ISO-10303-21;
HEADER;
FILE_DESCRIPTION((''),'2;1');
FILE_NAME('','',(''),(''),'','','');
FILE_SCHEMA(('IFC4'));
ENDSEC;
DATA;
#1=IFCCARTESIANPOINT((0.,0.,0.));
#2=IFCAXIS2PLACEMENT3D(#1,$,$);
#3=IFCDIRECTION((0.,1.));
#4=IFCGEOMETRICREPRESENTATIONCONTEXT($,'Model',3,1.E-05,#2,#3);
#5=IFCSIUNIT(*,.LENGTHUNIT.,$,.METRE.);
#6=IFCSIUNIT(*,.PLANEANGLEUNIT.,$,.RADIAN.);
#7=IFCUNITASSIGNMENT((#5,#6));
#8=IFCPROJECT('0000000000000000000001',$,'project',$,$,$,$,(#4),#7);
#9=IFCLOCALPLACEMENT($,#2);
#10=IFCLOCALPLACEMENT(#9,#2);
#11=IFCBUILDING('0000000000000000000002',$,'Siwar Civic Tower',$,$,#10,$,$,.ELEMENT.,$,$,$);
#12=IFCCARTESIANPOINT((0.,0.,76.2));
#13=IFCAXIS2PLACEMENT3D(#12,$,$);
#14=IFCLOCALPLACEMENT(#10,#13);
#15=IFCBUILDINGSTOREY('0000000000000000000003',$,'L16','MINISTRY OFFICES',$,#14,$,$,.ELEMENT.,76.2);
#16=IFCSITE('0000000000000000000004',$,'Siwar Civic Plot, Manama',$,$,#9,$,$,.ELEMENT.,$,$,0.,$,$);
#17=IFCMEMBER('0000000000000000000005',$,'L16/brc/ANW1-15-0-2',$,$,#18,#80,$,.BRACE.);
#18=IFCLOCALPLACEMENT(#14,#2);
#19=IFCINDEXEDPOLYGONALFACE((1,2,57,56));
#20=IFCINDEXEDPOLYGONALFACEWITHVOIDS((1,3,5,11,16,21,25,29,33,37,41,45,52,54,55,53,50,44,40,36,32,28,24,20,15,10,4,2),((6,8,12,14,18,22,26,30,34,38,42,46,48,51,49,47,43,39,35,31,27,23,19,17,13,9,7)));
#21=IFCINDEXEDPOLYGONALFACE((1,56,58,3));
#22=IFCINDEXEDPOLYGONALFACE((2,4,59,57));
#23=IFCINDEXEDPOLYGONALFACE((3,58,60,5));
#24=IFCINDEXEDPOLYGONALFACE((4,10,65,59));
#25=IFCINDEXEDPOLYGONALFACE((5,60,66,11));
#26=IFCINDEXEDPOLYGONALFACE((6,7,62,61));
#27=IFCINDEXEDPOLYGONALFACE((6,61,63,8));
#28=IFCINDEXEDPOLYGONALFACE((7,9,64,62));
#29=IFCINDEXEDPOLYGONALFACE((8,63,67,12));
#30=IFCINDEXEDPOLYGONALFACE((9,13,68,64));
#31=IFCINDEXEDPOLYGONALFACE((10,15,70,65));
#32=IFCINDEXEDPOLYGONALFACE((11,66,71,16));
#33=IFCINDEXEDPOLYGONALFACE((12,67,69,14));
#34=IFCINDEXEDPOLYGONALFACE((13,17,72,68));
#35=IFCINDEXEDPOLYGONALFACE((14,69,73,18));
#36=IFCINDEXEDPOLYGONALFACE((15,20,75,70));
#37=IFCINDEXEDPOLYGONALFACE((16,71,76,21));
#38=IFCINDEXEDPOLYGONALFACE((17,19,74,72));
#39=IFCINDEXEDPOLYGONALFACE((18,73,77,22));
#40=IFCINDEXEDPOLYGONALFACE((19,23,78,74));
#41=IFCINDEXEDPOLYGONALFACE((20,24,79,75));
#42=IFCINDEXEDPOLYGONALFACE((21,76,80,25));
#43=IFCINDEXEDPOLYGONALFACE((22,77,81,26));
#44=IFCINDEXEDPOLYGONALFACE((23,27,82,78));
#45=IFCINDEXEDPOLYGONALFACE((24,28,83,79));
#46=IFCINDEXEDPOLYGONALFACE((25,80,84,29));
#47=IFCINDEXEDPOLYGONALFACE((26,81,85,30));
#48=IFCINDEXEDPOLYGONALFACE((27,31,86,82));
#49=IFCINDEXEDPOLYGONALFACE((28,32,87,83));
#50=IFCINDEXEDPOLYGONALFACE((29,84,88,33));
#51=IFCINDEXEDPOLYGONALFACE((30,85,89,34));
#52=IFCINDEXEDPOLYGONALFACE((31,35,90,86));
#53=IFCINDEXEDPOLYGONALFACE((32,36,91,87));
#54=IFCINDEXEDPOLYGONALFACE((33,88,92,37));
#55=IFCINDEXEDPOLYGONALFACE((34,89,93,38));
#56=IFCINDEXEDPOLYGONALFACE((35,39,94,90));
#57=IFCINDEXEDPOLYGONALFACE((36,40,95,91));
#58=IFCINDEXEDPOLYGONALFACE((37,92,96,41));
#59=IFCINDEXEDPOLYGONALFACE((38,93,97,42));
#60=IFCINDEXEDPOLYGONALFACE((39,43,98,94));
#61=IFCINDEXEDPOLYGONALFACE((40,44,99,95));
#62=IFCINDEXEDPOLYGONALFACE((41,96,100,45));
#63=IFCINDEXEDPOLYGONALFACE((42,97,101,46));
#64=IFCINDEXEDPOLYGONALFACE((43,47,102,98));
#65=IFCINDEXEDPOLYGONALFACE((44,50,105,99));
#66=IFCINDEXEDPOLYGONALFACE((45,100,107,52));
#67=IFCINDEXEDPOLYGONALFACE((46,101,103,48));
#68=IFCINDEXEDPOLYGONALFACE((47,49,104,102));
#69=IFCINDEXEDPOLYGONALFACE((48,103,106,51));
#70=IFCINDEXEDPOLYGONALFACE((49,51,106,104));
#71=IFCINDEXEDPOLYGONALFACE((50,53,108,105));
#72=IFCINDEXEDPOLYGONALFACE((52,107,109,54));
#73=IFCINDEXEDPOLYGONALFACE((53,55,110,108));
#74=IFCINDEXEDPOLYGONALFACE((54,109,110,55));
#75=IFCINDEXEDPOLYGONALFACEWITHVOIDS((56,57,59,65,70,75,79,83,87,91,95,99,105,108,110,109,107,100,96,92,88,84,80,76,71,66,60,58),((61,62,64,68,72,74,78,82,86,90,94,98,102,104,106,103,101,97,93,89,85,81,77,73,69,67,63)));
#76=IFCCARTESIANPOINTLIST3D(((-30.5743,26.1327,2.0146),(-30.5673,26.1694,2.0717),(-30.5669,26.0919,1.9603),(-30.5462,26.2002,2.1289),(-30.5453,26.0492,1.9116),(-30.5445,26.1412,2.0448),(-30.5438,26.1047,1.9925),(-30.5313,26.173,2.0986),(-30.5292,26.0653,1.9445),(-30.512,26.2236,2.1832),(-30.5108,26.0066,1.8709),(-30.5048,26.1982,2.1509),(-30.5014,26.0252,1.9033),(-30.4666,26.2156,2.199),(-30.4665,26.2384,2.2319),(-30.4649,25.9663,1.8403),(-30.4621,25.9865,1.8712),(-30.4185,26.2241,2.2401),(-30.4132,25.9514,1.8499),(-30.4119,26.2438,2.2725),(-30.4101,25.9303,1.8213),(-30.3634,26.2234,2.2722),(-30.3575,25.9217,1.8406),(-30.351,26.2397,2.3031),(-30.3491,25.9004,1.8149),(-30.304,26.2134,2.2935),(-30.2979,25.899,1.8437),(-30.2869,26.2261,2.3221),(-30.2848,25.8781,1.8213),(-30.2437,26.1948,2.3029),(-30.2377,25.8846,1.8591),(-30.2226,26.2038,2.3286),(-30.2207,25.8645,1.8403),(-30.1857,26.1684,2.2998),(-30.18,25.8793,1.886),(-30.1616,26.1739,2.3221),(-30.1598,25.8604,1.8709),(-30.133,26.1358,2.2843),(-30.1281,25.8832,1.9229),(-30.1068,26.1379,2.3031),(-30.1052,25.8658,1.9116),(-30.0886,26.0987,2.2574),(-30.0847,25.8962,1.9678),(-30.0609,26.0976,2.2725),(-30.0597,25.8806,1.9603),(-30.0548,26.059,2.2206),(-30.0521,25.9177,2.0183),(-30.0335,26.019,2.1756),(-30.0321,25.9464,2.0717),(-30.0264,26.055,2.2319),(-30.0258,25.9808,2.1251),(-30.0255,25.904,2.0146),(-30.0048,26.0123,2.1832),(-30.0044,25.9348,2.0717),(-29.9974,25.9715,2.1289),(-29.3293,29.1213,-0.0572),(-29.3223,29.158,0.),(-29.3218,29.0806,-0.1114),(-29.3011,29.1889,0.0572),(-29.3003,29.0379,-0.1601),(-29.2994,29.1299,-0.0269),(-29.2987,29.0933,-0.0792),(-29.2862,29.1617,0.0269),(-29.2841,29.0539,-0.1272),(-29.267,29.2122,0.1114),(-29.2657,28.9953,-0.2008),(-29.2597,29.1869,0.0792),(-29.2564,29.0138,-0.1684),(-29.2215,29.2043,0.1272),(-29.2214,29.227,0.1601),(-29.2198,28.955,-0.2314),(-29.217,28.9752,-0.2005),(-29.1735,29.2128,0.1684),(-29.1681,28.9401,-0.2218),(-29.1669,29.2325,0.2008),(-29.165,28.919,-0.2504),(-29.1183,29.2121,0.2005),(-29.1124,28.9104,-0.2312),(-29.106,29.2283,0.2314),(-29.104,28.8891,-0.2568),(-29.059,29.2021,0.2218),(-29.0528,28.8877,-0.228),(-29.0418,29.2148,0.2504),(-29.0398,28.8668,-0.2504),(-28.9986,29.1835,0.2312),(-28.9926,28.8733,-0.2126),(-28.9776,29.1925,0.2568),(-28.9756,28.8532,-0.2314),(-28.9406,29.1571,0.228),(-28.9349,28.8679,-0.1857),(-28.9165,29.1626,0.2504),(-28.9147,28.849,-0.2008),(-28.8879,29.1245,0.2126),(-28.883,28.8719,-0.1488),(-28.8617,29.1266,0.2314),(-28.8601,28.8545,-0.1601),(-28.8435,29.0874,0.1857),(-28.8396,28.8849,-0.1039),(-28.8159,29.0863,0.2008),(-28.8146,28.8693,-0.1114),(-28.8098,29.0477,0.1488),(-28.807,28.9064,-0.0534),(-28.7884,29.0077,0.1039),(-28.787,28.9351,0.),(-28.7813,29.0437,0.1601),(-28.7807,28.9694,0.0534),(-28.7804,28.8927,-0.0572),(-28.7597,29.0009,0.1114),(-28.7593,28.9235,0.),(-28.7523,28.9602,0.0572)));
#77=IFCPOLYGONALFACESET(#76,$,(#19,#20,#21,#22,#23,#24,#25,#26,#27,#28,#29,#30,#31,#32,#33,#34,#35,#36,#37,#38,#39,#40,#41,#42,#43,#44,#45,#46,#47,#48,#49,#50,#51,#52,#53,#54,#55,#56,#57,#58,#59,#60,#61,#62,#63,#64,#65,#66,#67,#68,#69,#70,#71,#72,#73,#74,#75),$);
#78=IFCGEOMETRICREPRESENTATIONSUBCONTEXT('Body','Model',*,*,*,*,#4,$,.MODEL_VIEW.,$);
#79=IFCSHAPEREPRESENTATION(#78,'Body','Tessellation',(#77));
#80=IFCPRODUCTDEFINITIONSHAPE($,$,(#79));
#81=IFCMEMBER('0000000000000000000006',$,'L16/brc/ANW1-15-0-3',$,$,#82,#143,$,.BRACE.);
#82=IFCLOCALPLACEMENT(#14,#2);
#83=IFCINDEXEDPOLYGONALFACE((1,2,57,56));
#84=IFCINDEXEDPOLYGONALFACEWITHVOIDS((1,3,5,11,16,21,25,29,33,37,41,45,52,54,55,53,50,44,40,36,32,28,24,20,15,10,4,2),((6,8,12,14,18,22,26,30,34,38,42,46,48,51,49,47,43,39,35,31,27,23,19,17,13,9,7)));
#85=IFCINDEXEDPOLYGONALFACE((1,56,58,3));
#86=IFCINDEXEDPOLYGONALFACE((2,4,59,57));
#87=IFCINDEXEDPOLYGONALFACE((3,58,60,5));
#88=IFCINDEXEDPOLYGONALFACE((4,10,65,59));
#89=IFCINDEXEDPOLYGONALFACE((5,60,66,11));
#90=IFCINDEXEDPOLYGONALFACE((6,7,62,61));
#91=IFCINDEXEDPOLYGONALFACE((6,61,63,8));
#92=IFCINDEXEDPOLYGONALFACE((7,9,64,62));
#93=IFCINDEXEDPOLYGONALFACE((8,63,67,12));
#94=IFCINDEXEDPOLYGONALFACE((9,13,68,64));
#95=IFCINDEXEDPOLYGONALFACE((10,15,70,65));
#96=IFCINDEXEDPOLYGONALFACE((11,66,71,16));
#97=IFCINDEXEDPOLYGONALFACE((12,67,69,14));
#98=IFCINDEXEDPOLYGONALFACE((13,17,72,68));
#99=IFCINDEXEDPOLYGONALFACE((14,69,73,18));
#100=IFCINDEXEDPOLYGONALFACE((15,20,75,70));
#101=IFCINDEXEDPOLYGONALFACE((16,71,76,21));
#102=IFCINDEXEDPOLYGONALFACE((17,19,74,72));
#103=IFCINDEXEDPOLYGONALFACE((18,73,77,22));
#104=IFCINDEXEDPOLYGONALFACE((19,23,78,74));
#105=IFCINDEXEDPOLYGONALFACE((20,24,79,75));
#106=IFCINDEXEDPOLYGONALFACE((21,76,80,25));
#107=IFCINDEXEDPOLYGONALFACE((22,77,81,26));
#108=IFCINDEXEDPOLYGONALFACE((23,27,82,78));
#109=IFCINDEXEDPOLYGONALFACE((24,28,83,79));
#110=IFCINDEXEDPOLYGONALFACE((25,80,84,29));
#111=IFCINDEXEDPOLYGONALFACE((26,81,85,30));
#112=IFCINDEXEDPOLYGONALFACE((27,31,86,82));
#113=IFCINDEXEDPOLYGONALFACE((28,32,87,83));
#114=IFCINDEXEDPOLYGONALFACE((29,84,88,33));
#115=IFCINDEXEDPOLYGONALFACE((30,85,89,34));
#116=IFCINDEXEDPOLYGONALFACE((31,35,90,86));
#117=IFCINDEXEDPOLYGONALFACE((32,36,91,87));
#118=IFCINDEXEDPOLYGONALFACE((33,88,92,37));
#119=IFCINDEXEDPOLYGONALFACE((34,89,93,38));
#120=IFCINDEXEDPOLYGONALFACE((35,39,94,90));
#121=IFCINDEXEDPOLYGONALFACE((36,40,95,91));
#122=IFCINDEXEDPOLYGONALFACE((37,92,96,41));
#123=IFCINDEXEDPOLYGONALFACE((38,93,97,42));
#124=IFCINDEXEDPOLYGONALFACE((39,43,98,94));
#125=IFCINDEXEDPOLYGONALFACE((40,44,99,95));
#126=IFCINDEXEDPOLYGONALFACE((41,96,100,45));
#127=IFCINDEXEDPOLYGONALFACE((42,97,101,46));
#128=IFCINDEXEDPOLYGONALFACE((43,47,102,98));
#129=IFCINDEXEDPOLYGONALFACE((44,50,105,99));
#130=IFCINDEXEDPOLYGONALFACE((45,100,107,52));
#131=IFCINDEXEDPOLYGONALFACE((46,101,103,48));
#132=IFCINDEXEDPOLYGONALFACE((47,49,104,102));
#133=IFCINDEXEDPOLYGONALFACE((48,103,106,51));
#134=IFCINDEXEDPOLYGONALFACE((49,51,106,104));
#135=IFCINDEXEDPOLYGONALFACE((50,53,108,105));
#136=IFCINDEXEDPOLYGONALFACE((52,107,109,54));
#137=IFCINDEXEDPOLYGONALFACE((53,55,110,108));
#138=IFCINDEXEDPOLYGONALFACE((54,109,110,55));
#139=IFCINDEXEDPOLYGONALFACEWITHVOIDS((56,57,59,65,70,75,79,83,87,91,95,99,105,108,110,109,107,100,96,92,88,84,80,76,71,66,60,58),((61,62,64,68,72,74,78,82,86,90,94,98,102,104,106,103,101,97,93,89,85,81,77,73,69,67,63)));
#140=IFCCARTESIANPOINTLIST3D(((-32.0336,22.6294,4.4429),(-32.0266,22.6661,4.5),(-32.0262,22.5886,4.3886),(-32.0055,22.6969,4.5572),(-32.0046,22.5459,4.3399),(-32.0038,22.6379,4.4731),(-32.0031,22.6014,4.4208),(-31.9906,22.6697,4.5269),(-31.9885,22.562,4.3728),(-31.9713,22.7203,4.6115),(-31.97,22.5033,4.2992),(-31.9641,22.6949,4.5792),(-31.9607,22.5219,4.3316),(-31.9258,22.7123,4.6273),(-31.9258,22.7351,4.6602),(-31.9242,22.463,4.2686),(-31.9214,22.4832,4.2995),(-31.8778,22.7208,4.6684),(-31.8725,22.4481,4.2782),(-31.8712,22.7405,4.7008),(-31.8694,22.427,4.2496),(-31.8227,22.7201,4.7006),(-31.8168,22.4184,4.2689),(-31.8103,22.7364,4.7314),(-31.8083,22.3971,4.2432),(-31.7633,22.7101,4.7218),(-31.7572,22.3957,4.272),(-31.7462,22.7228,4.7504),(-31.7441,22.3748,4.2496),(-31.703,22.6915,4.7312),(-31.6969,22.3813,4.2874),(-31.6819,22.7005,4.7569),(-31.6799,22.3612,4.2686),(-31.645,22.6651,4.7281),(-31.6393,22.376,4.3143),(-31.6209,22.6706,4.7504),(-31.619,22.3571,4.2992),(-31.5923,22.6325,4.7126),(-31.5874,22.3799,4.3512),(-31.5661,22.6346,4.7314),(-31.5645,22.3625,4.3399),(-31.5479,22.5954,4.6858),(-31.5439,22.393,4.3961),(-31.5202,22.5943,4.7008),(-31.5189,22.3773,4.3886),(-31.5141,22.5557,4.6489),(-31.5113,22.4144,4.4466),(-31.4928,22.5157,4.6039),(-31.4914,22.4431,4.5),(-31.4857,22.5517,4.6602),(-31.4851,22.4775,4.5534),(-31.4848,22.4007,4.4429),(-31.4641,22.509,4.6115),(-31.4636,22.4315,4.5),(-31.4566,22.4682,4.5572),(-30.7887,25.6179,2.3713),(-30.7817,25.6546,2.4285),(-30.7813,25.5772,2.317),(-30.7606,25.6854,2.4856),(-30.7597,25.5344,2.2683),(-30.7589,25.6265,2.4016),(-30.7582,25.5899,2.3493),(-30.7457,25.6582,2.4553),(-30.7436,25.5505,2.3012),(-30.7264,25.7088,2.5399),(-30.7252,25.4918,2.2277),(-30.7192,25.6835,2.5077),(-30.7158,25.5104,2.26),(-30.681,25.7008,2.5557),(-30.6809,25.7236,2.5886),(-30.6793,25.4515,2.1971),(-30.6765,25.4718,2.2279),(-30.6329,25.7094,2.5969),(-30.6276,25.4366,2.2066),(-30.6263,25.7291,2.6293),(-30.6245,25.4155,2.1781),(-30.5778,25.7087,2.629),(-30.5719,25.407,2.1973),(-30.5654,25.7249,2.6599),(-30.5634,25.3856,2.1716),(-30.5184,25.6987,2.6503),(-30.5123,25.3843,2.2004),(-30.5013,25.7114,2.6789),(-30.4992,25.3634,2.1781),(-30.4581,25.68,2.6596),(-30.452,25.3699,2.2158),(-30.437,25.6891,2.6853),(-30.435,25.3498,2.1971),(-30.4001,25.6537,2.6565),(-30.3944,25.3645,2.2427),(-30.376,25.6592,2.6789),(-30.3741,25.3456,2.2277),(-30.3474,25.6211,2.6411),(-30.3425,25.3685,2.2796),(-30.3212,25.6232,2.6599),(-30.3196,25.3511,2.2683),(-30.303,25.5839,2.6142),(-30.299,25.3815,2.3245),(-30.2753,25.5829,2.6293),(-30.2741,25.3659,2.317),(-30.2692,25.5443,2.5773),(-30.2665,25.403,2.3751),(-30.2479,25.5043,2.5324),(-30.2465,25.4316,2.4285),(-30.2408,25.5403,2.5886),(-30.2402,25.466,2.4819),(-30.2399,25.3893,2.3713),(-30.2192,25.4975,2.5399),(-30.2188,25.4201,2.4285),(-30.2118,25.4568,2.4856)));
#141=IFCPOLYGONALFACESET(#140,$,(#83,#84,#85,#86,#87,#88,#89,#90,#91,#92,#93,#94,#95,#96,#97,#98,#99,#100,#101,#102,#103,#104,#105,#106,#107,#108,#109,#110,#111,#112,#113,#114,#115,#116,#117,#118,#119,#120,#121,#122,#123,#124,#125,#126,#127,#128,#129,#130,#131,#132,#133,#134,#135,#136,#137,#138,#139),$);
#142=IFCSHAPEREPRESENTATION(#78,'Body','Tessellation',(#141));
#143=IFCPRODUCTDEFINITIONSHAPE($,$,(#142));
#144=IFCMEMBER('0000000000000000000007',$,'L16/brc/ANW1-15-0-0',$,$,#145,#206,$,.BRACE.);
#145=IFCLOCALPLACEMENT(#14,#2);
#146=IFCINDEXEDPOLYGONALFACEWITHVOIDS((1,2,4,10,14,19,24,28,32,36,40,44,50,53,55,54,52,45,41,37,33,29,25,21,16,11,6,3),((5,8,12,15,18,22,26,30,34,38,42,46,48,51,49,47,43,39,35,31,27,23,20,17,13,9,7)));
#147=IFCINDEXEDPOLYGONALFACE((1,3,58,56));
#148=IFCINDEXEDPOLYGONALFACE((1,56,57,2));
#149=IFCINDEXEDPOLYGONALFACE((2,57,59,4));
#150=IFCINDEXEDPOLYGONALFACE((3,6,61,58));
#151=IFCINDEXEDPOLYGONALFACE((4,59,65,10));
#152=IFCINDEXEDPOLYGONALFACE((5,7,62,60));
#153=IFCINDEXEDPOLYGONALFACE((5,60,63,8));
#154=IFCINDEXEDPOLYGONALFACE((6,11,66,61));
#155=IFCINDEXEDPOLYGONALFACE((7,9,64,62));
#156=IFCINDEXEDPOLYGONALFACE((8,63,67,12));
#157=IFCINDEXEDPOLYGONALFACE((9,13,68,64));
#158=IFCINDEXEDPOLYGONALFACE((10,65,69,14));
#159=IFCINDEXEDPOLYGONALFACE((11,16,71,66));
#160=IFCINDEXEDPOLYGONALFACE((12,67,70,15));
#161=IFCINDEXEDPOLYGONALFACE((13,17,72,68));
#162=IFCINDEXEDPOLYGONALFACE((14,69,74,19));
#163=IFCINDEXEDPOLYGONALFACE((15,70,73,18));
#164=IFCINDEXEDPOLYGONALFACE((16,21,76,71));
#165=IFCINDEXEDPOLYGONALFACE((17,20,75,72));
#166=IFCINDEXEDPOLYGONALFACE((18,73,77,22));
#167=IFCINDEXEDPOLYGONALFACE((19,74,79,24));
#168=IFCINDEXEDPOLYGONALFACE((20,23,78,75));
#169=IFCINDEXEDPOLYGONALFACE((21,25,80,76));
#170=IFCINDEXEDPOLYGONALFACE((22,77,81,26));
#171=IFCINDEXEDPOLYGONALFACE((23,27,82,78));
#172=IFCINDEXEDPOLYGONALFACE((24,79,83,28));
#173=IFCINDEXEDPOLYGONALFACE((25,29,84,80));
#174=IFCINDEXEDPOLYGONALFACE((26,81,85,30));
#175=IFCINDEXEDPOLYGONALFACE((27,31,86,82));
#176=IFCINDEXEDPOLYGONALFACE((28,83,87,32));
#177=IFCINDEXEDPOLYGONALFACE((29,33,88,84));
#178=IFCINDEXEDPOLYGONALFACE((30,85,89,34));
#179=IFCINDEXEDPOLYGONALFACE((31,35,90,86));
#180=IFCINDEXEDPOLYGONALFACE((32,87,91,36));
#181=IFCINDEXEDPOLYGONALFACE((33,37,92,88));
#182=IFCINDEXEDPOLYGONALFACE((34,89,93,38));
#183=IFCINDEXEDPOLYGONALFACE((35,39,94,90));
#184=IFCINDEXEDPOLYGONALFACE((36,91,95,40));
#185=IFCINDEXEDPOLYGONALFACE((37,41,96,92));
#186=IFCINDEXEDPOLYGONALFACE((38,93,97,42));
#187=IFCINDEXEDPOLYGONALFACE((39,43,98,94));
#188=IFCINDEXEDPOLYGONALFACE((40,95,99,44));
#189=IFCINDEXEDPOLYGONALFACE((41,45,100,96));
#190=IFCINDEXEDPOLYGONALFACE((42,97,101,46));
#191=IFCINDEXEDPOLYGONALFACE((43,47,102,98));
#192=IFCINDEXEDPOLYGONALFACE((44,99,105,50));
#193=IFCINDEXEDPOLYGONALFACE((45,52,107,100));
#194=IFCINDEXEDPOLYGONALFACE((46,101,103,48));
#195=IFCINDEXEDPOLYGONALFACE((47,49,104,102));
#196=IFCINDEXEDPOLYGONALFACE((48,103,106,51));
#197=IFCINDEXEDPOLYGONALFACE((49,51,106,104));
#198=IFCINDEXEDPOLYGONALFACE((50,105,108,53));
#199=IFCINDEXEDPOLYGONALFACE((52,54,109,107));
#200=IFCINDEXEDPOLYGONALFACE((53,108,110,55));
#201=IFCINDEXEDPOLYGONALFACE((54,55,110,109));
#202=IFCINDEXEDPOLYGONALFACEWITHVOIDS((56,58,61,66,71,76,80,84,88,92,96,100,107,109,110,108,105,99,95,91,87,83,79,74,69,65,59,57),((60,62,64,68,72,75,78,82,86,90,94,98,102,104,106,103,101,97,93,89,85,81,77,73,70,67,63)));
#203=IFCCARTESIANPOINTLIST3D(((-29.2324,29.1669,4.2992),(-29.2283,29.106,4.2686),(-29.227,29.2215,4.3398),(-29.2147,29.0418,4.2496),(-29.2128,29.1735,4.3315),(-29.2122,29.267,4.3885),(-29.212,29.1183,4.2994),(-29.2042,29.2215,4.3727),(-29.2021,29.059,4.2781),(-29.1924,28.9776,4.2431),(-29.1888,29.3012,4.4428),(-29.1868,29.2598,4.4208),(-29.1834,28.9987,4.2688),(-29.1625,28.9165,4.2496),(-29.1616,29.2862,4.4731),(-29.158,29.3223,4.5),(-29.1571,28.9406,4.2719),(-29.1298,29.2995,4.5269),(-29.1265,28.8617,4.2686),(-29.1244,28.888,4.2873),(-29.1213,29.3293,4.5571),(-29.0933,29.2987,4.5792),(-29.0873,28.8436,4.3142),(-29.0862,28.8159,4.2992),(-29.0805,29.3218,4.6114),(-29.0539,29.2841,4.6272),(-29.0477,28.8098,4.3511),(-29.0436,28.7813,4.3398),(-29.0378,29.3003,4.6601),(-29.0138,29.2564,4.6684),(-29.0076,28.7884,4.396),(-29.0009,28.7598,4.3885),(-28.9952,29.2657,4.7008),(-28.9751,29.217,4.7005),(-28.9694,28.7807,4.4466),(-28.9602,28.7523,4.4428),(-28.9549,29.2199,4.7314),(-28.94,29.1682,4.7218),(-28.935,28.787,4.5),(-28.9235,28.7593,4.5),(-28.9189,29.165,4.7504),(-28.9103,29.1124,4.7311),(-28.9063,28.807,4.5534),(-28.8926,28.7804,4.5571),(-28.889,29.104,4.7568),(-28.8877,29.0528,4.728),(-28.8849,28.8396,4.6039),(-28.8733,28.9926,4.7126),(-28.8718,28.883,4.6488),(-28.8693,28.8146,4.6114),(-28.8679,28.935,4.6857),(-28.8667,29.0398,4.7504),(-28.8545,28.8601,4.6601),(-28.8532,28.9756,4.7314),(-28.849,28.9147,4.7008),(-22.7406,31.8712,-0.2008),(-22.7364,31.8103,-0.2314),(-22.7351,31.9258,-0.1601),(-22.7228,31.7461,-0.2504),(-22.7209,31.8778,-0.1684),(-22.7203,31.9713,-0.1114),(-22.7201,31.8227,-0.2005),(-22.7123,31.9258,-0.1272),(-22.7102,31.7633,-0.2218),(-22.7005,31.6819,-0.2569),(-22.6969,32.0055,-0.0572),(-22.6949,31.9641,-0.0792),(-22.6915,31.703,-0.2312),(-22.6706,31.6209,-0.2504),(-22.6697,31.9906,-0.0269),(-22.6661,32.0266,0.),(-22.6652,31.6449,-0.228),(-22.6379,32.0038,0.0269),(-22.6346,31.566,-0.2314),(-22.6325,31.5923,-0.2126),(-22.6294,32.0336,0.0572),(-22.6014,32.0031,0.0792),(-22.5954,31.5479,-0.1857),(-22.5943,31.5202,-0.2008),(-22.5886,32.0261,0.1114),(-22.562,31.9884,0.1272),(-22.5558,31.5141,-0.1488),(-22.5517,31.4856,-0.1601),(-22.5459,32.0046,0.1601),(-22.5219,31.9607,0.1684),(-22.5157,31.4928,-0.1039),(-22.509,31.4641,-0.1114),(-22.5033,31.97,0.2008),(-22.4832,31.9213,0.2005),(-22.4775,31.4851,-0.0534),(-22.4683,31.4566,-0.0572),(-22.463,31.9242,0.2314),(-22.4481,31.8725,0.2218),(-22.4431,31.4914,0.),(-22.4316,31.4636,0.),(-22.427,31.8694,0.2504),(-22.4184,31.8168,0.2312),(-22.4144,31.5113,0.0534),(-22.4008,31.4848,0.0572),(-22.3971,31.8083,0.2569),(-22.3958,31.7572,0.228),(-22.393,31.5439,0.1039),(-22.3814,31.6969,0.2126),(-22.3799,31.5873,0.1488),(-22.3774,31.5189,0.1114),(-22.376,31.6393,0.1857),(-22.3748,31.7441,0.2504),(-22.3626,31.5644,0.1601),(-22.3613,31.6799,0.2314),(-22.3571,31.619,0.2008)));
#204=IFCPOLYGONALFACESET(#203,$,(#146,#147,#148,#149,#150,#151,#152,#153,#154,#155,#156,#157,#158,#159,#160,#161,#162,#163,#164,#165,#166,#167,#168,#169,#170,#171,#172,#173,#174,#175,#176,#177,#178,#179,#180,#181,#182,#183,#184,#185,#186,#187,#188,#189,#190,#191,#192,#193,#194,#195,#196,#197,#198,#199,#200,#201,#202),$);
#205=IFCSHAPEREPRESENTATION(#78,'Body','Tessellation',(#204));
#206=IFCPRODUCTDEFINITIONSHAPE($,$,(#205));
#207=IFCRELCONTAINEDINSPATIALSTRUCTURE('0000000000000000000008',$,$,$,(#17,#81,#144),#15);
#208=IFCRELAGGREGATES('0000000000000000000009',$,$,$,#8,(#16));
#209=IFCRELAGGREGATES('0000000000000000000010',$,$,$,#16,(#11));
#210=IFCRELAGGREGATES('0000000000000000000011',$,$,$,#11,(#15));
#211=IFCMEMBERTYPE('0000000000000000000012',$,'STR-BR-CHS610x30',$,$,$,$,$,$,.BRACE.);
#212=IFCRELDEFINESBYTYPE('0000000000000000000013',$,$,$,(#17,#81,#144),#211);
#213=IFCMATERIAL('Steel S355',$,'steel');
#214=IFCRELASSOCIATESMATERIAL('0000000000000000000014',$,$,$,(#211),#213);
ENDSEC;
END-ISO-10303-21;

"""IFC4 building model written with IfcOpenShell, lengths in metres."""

from ifc_helpers import new_model, si_unit, direction, frame, origin, origin_2d, place, context, subcontext, project, spatial, hollow_circle, extrude, material, material_profile, profile_set, type_object, element, save


model = new_model("IFC4")

# Units and contexts
model_context = context("Model", 3, precision=1e-05, world=origin(), true_north=direction((0.0, 1.0)))
body_context = subcontext(model_context, "Body", "Model", "MODEL_VIEW")
ifc_project = project(units=[si_unit("LENGTHUNIT", "METRE"), si_unit("PLANEANGLEUNIT", "RADIAN")], contexts=[model_context])

# Site, building, storey
site_placement = place(None, origin())
site = spatial("IfcSite", under=ifc_project, at=site_placement, Name="Siwar Civic Plot, Manama", CompositionType="ELEMENT", RefElevation=0.0)
building_placement = place(site_placement, origin())
building = spatial("IfcBuilding", under=site, at=building_placement, Name="Siwar Civic Tower", CompositionType="ELEMENT")
storey_placement = place(building_placement, frame((0.0, 0.0, 76.2)))
storey = spatial("IfcBuildingStorey", under=building, at=storey_placement, Name="L16", Description="MINISTRY OFFICES", CompositionType="ELEMENT", Elevation=76.2)

# Members
ifc_material_1 = material(Name="Steel S355", Category="steel")
ifc_material_profile_1 = material_profile(ifc_material_1, hollow_circle(Radius=0.3049, WallThickness=0.03, at=origin_2d()), Name="CHS610x30")
ifc_profile_set_1 = profile_set([ifc_material_profile_1], Name="Steel S355")
member_type_1 = type_object("IfcMemberType", Name="STR-BR-CHS610x30", PredefinedType="BRACE", material=ifc_profile_set_1)
member_1_placement = place(storey_placement, frame((-29.0408, 29.0408, 0.0), z_axis=(-0.323923, -0.777542, 0.538982), x_axis=(0.923099, -0.384562, 0.0)))
element("IfcMember", 1, at=member_1_placement, inside=storey, type_object=member_type_1, Name="L16/brc/ANW1-15-0-2", PredefinedType="BRACE", context=body_context, shape_type="SweptSolid", body=[
    extrude(hollow_circle(Radius=0.3049, WallThickness=0.03, at=origin_2d()), origin(), (0.0, 0.0, 1.0), 3.8438),
])
member_2_placement = place(storey_placement, frame((-30.5002, 25.5374, 2.4285), z_axis=(-0.323893, -0.77756, 0.538975), x_axis=(0.923115, -0.384524, 0.0)))
element("IfcMember", 2, at=member_2_placement, inside=storey, type_object=member_type_1, Name="L16/brc/ANW1-15-0-3", PredefinedType="BRACE", context=body_context, shape_type="SweptSolid", body=[
    extrude(hollow_circle(Radius=0.3049, WallThickness=0.03, at=origin_2d()), origin(), (0.0, 0.0, 1.0), 3.8435),
])
member_3_placement = place(storey_placement, frame((-22.5488, 31.7451, 0.0), z_axis=(-0.777555, -0.323906, 0.538975), x_axis=(0.384539, -0.923109, 0.0)))
element("IfcMember", 3, at=member_3_placement, inside=storey, type_object=member_type_1, Name="L16/brc/ANW1-15-0-0", PredefinedType="BRACE", context=body_context, shape_type="SweptSolid", body=[
    extrude(hollow_circle(Radius=0.3049, WallThickness=0.03, at=origin_2d()), origin(), (0.0, 0.0, 1.0), 8.3491),
])

save(model, "model.ifc")
